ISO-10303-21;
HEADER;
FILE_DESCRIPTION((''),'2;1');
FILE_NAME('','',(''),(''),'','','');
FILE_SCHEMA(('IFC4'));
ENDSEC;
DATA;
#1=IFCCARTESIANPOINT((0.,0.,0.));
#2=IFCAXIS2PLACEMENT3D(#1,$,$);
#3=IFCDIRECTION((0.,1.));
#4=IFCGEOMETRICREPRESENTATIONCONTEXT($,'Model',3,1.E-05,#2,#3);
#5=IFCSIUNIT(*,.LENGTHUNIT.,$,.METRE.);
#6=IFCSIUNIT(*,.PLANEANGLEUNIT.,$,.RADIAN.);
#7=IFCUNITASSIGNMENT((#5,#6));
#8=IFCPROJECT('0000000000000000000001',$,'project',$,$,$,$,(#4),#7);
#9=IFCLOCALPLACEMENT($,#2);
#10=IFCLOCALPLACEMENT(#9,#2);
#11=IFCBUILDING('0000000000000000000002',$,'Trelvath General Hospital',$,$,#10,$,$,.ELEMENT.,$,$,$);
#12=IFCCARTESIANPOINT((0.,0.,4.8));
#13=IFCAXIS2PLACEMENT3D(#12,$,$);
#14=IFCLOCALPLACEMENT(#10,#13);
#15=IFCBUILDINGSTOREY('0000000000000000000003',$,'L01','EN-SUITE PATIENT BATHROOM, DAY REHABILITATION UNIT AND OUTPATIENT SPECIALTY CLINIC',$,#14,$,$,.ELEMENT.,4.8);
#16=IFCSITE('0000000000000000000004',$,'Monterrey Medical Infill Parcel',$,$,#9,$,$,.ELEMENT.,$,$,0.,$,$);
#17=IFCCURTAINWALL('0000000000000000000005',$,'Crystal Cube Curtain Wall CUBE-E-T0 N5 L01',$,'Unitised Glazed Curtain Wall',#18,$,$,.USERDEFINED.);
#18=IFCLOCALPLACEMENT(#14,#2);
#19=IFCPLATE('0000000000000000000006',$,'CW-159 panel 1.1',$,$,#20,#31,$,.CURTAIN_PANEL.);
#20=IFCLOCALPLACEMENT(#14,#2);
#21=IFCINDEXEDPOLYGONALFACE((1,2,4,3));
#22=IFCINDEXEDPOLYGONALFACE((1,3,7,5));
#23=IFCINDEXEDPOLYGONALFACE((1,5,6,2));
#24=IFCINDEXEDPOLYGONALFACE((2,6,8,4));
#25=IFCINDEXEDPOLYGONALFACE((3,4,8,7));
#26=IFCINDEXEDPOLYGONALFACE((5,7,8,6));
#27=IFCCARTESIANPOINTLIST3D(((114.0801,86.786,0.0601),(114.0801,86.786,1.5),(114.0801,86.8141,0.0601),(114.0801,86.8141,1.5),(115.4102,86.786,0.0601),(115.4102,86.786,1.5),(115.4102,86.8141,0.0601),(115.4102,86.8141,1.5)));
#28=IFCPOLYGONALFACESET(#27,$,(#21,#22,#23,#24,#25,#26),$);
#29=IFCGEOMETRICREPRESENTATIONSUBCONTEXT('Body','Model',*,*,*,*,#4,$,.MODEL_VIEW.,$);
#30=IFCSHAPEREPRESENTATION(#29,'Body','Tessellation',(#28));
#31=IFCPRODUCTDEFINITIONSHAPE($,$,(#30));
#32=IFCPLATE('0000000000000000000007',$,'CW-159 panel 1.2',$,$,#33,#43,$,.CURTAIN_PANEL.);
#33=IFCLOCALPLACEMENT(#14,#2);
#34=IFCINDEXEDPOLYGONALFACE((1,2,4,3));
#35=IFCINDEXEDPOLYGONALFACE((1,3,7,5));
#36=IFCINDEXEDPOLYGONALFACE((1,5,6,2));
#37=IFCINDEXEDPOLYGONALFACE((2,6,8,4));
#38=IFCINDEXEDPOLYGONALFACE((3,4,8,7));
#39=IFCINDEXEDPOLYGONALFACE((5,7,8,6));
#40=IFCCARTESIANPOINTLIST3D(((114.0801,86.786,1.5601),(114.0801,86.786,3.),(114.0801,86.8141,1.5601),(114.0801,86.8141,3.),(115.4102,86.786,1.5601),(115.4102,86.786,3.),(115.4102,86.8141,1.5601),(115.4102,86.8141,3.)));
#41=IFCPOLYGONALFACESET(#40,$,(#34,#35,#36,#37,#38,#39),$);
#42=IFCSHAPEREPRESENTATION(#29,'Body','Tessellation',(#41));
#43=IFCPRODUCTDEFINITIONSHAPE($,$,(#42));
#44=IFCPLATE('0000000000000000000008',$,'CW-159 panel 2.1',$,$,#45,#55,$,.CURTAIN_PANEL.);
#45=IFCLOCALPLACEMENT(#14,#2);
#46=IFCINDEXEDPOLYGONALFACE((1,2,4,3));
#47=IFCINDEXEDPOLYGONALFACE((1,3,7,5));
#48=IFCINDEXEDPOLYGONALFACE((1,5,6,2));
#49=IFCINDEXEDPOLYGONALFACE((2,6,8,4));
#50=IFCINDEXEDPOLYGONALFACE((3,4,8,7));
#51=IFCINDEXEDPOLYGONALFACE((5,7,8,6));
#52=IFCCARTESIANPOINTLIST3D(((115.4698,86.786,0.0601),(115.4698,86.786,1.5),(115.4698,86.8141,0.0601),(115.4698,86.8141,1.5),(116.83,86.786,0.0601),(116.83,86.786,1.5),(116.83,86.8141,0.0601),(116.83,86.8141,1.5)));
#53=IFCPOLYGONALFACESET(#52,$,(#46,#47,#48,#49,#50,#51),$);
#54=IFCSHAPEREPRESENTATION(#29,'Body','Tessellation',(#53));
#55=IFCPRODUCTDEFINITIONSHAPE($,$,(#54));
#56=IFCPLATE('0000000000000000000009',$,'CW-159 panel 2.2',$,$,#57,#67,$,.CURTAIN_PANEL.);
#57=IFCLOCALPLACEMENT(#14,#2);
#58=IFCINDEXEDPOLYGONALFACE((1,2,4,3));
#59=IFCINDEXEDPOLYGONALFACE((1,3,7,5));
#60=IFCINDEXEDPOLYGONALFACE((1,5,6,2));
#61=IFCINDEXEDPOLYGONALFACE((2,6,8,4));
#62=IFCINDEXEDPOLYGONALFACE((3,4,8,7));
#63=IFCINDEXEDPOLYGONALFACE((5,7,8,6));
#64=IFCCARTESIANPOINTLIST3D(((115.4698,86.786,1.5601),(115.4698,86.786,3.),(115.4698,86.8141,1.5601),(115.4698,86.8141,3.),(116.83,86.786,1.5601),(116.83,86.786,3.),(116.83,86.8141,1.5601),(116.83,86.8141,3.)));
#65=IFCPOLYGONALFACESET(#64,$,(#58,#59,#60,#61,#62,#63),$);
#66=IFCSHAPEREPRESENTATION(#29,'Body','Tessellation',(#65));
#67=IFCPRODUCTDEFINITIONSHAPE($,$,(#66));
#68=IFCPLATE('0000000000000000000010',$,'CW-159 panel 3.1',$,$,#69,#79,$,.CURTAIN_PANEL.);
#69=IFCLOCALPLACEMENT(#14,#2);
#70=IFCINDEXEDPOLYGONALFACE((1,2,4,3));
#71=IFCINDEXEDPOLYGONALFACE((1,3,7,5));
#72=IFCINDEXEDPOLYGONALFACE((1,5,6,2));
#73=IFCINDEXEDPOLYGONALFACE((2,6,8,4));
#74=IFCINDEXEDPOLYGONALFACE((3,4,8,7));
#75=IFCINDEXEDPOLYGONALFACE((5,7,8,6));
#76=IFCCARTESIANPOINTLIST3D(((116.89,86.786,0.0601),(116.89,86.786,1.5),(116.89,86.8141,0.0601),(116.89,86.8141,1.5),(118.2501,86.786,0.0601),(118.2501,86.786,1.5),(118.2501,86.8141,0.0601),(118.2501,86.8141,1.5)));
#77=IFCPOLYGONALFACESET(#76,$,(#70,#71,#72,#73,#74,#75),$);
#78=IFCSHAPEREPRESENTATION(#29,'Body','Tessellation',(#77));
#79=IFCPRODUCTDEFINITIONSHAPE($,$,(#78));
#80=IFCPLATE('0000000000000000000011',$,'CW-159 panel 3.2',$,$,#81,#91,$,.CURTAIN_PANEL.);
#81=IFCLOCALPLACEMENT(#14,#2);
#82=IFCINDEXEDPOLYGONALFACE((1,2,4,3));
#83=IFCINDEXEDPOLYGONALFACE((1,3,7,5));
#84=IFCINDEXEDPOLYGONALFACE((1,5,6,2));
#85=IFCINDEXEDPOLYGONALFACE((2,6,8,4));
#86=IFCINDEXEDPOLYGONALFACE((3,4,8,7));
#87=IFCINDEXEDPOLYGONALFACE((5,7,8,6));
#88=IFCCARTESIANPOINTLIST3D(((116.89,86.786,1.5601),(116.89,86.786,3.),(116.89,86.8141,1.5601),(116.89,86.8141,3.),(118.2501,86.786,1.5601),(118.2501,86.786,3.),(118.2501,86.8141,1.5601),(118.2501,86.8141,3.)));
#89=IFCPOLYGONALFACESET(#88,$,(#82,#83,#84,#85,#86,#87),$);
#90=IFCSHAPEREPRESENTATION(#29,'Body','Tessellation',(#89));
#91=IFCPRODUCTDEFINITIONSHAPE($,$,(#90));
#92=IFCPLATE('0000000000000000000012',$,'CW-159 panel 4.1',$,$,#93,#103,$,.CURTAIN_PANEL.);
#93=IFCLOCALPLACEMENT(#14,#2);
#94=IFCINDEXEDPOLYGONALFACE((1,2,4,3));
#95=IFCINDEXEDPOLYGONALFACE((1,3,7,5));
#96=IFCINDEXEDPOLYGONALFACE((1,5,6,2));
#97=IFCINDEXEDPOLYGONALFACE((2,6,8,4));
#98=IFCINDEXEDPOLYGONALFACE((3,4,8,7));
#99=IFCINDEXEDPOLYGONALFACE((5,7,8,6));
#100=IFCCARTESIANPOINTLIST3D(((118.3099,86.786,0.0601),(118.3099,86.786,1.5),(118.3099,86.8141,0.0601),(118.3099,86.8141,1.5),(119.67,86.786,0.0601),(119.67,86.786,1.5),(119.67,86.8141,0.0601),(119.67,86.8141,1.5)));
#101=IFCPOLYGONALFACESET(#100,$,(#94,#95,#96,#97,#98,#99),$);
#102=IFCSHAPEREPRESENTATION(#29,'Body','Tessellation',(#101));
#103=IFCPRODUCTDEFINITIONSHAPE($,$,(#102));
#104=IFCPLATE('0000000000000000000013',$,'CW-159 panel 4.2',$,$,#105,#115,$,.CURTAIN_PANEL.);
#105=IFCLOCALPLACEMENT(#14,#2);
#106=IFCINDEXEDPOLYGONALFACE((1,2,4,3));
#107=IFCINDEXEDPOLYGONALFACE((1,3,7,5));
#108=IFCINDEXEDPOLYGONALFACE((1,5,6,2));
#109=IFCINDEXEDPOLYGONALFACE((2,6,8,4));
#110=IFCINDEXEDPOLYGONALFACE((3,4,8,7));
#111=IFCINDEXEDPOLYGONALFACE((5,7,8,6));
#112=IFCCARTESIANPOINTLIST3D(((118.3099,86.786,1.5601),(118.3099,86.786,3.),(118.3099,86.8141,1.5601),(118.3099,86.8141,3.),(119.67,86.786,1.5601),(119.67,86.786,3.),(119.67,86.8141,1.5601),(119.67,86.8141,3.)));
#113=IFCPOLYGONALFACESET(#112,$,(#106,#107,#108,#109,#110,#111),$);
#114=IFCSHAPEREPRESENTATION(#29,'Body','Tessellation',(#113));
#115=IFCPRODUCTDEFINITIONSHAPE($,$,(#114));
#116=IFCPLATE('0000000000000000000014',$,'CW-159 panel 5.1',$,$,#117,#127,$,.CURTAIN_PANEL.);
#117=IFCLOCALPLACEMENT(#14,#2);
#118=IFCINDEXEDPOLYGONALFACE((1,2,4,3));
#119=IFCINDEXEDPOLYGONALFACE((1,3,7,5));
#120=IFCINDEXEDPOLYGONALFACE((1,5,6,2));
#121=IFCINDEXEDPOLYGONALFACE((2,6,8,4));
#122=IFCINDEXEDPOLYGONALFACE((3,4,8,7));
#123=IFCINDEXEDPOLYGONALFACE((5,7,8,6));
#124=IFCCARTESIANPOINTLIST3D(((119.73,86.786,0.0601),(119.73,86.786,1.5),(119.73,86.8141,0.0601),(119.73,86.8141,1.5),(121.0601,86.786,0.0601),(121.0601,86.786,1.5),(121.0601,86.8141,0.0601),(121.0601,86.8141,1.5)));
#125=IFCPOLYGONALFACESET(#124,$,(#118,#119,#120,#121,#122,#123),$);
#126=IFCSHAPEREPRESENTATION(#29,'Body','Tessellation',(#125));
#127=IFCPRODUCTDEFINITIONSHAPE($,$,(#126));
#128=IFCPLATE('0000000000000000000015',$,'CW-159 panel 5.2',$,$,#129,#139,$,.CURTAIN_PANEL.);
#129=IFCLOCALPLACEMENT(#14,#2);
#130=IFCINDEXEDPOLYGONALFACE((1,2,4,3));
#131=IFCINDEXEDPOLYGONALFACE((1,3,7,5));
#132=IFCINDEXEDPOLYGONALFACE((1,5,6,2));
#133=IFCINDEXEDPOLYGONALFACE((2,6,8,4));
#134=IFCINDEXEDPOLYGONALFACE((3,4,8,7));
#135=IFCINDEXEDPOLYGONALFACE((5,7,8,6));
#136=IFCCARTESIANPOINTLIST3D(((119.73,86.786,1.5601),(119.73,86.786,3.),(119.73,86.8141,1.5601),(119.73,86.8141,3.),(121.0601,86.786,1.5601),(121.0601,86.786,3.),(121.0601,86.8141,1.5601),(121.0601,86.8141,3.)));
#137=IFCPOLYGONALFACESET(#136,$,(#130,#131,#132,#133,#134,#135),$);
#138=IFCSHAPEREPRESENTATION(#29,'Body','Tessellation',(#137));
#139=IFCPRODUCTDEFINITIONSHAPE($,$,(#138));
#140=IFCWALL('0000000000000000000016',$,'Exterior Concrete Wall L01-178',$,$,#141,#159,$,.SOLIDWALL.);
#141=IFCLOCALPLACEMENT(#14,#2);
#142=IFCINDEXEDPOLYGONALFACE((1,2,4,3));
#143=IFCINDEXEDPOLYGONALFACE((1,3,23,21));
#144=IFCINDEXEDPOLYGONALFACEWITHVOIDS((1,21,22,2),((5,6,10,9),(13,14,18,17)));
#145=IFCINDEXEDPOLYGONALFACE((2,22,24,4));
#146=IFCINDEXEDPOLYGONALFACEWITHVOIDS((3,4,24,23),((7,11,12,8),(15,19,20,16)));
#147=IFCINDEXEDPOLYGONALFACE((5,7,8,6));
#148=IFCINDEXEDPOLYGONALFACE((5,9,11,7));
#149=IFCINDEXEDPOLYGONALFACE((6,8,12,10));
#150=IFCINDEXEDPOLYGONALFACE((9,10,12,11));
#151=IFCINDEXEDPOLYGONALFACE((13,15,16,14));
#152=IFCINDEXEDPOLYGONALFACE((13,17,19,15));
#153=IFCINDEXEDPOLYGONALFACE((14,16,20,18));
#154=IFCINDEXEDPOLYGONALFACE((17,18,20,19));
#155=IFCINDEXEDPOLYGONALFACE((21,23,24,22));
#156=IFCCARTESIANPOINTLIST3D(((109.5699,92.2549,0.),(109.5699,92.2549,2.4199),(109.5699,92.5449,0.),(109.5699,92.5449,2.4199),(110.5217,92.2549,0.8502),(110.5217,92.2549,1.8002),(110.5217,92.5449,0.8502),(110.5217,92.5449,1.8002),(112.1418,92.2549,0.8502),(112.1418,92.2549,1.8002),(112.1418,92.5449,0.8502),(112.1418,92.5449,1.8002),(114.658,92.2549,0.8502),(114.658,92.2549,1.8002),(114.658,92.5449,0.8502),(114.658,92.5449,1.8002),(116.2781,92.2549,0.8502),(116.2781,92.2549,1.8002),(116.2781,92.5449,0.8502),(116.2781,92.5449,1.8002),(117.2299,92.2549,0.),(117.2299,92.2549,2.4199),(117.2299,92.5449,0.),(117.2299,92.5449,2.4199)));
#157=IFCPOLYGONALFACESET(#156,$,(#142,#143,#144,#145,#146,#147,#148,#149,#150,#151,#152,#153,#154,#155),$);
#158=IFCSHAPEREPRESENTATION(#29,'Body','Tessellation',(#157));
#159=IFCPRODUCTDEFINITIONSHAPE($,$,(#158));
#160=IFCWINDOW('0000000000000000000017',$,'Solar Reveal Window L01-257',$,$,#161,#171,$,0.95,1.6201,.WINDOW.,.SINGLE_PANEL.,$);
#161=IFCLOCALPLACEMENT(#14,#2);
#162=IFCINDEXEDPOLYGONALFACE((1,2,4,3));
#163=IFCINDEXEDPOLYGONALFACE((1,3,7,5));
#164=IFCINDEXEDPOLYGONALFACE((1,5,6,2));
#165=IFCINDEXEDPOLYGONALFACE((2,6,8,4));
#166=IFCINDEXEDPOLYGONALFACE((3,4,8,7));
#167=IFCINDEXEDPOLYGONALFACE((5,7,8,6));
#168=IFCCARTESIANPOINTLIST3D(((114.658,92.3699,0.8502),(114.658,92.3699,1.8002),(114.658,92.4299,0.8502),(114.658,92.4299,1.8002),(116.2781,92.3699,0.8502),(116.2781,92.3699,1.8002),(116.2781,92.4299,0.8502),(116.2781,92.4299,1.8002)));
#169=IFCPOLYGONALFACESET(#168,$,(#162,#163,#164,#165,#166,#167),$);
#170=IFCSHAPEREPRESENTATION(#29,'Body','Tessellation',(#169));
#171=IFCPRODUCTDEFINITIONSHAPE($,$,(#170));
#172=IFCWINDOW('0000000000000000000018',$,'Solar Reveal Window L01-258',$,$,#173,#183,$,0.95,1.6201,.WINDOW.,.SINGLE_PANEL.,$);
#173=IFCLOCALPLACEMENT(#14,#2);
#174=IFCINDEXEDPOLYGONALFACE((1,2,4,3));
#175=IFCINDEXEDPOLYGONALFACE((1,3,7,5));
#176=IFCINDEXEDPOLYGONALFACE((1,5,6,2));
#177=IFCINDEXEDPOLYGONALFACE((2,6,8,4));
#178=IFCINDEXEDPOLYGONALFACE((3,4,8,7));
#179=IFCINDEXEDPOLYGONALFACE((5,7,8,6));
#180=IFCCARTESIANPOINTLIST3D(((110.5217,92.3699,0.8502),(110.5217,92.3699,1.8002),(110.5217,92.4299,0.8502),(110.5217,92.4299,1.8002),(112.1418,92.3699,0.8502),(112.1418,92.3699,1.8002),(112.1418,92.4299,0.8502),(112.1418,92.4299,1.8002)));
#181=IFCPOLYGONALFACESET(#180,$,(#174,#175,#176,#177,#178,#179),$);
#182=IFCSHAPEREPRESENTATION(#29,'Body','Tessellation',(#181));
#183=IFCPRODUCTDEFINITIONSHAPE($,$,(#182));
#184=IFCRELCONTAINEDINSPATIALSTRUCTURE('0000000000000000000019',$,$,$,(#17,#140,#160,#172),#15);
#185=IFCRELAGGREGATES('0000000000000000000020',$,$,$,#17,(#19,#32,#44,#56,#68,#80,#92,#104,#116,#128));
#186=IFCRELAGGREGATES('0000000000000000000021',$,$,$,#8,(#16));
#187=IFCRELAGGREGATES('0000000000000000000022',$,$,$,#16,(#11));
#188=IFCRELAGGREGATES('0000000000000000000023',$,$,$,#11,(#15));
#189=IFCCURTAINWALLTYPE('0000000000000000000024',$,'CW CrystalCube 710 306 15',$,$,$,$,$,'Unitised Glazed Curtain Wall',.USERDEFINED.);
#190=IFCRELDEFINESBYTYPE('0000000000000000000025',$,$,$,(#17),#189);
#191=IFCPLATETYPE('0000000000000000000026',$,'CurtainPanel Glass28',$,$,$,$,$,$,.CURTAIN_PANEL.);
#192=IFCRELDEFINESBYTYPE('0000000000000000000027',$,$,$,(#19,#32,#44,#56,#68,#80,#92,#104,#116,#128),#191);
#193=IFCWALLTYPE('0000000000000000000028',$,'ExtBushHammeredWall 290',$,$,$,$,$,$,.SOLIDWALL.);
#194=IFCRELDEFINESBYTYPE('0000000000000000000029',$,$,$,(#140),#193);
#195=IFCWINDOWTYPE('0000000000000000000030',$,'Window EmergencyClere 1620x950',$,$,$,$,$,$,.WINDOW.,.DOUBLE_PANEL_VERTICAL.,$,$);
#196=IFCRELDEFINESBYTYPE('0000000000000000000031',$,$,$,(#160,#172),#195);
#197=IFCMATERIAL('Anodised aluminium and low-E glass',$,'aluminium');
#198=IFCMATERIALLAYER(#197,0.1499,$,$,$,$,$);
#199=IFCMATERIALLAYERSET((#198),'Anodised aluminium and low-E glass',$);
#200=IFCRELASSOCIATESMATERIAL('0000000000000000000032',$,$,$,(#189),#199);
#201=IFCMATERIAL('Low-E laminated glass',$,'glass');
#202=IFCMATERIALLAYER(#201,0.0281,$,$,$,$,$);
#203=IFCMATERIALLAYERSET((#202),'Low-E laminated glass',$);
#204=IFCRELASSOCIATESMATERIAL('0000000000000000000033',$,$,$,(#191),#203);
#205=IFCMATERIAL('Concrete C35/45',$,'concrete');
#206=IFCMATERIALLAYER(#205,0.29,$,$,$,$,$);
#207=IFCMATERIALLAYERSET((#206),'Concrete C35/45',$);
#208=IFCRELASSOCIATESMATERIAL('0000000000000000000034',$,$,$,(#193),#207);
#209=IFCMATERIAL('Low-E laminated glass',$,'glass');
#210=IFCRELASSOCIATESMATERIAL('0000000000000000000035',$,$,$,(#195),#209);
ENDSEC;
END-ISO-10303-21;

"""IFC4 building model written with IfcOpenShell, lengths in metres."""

from ifc_helpers import new_model, si_unit, direction, frame, frame_2d, origin, origin_2d, place, context, subcontext, project, spatial, rectangle, extrude, material, layer, layer_set, type_object, element, fill, aggregate, save


model = new_model("IFC4")

# Units and contexts
model_context = context("Model", 3, precision=1e-05, world=origin(), true_north=direction((0.0, 1.0)))
body_context = subcontext(model_context, "Body", "Model", "MODEL_VIEW")
ifc_project = project(units=[si_unit("LENGTHUNIT", "METRE"), si_unit("PLANEANGLEUNIT", "RADIAN")], contexts=[model_context])

# Site, building, storey
site_placement = place(None, origin())
site = spatial("IfcSite", under=ifc_project, at=site_placement, Name="Monterrey Medical Infill Parcel", CompositionType="ELEMENT", RefElevation=0.0)
building_placement = place(site_placement, origin())
building = spatial("IfcBuilding", under=site, at=building_placement, Name="Trelvath General Hospital", CompositionType="ELEMENT")
storey_placement = place(building_placement, frame((0.0, 0.0, 4.8)))
storey = spatial("IfcBuildingStorey", under=building, at=storey_placement, Name="L01", Description="EN-SUITE PATIENT BATHROOM, DAY REHABILITATION UNIT AND OUTPATIENT SPECIALTY CLINIC", CompositionType="ELEMENT", Elevation=4.8)

# Curtain wall
ifc_material_1 = material(Name="Anodised aluminium and low-E glass", Category="aluminium")
ifc_layer_1 = layer(ifc_material_1, 0.1499)
ifc_layer_set_1 = layer_set([ifc_layer_1], Name="Anodised aluminium and low-E glass")
curtain_wall_type = type_object("IfcCurtainWallType", Name="CW CrystalCube 710 306 15", ElementType="Unitised Glazed Curtain Wall", PredefinedType="USERDEFINED", material=ifc_layer_set_1)
curtain_wall_placement = place(storey_placement, origin())
curtain_wall = element("IfcCurtainWall", 1, at=curtain_wall_placement, inside=storey, type_object=curtain_wall_type, Name="Crystal Cube Curtain Wall CUBE-E-T0 N5 L01", ObjectType="Unitised Glazed Curtain Wall", PredefinedType="USERDEFINED")

# Plates
ifc_material_2 = material(Name="Low-E laminated glass", Category="glass")
ifc_layer_2 = layer(ifc_material_2, 0.0281)
ifc_layer_set_2 = layer_set([ifc_layer_2], Name="Low-E laminated glass")
plate_type = type_object("IfcPlateType", Name="CurtainPanel Glass28", PredefinedType="CURTAIN_PANEL", material=ifc_layer_set_2)
plate_1_placement = place(storey_placement, frame((114.7451, 86.8, 0.0601), z_axis=(0.0, 0.0, 1.0), x_axis=(1.0, 0.0, 0.0)))
plate_1 = element("IfcPlate", 2, at=plate_1_placement, type_object=plate_type, Name="CW-159 panel 1.1", PredefinedType="CURTAIN_PANEL", context=body_context, shape_type="SweptSolid", body=[
    extrude(rectangle(XDim=1.3301, YDim=0.0281, at=origin_2d()), origin(), (0.0, 0.0, 1.0), 1.4399),
])
plate_2_placement = place(storey_placement, frame((114.7451, 86.8, 1.5601), z_axis=(0.0, 0.0, 1.0), x_axis=(1.0, 0.0, 0.0)))
plate_2 = element("IfcPlate", 3, at=plate_2_placement, type_object=plate_type, Name="CW-159 panel 1.2", PredefinedType="CURTAIN_PANEL", context=body_context, shape_type="SweptSolid", body=[
    extrude(rectangle(XDim=1.3301, YDim=0.0281, at=origin_2d()), origin(), (0.0, 0.0, 1.0), 1.4399),
])
plate_3_placement = place(storey_placement, frame((116.1499, 86.8, 0.0601), z_axis=(0.0, 0.0, 1.0), x_axis=(1.0, 0.0, 0.0)))
plate_3 = element("IfcPlate", 4, at=plate_3_placement, type_object=plate_type, Name="CW-159 panel 2.1", PredefinedType="CURTAIN_PANEL", context=body_context, shape_type="SweptSolid", body=[
    extrude(rectangle(XDim=1.3601, YDim=0.0281, at=origin_2d()), origin(), (0.0, 0.0, 1.0), 1.4399),
])
plate_4_placement = place(storey_placement, frame((116.1499, 86.8, 1.5601), z_axis=(0.0, 0.0, 1.0), x_axis=(1.0, 0.0, 0.0)))
plate_4 = element("IfcPlate", 5, at=plate_4_placement, type_object=plate_type, Name="CW-159 panel 2.2", PredefinedType="CURTAIN_PANEL", context=body_context, shape_type="SweptSolid", body=[
    extrude(rectangle(XDim=1.3601, YDim=0.0281, at=origin_2d()), origin(), (0.0, 0.0, 1.0), 1.4399),
])
plate_5_placement = place(storey_placement, frame((117.5701, 86.8, 0.0601), z_axis=(0.0, 0.0, 1.0), x_axis=(1.0, 0.0, 0.0)))
plate_5 = element("IfcPlate", 6, at=plate_5_placement, type_object=plate_type, Name="CW-159 panel 3.1", PredefinedType="CURTAIN_PANEL", context=body_context, shape_type="SweptSolid", body=[
    extrude(rectangle(XDim=1.3601, YDim=0.0281, at=origin_2d()), origin(), (0.0, 0.0, 1.0), 1.4399),
])
plate_6_placement = place(storey_placement, frame((117.5701, 86.8, 1.5601), z_axis=(0.0, 0.0, 1.0), x_axis=(1.0, 0.0, 0.0)))
plate_6 = element("IfcPlate", 7, at=plate_6_placement, type_object=plate_type, Name="CW-159 panel 3.2", PredefinedType="CURTAIN_PANEL", context=body_context, shape_type="SweptSolid", body=[
    extrude(rectangle(XDim=1.3601, YDim=0.0281, at=origin_2d()), origin(), (0.0, 0.0, 1.0), 1.4399),
])
plate_7_placement = place(storey_placement, frame((118.99, 86.8, 0.0601), z_axis=(0.0, 0.0, 1.0), x_axis=(1.0, 0.0, 0.0)))
plate_7 = element("IfcPlate", 8, at=plate_7_placement, type_object=plate_type, Name="CW-159 panel 4.1", PredefinedType="CURTAIN_PANEL", context=body_context, shape_type="SweptSolid", body=[
    extrude(rectangle(XDim=1.3601, YDim=0.0281, at=origin_2d()), origin(), (0.0, 0.0, 1.0), 1.4399),
])
plate_8_placement = place(storey_placement, frame((118.99, 86.8, 1.5601), z_axis=(0.0, 0.0, 1.0), x_axis=(1.0, 0.0, 0.0)))
plate_8 = element("IfcPlate", 9, at=plate_8_placement, type_object=plate_type, Name="CW-159 panel 4.2", PredefinedType="CURTAIN_PANEL", context=body_context, shape_type="SweptSolid", body=[
    extrude(rectangle(XDim=1.3601, YDim=0.0281, at=origin_2d()), origin(), (0.0, 0.0, 1.0), 1.4399),
])
plate_9_placement = place(storey_placement, frame((120.395, 86.8, 0.0601), z_axis=(0.0, 0.0, 1.0), x_axis=(1.0, 0.0, 0.0)))
plate_9 = element("IfcPlate", 10, at=plate_9_placement, type_object=plate_type, Name="CW-159 panel 5.1", PredefinedType="CURTAIN_PANEL", context=body_context, shape_type="SweptSolid", body=[
    extrude(rectangle(XDim=1.3301, YDim=0.0281, at=origin_2d()), origin(), (0.0, 0.0, 1.0), 1.4399),
])
plate_10_placement = place(storey_placement, frame((120.395, 86.8, 1.5601), z_axis=(0.0, 0.0, 1.0), x_axis=(1.0, 0.0, 0.0)))
plate_10 = element("IfcPlate", 11, at=plate_10_placement, type_object=plate_type, Name="CW-159 panel 5.2", PredefinedType="CURTAIN_PANEL", context=body_context, shape_type="SweptSolid", body=[
    extrude(rectangle(XDim=1.3301, YDim=0.0281, at=origin_2d()), origin(), (0.0, 0.0, 1.0), 1.4399),
])
aggregate(curtain_wall, [plate_1, plate_2, plate_3, plate_4, plate_5, plate_6, plate_7, plate_8, plate_9, plate_10])

# Wall, openings, windows
ifc_material_3 = material(Name="Concrete C35/45", Category="concrete")
ifc_layer_3 = layer(ifc_material_3, 0.29)
ifc_layer_set_3 = layer_set([ifc_layer_3], Name="Concrete C35/45")
wall_type_1 = type_object("IfcWallType", Name="ExtBushHammeredWall 290", PredefinedType="SOLIDWALL", material=ifc_layer_set_3)
wall_1_placement = place(storey_placement, frame((117.23, 92.3999, 0.0), z_axis=(0.0, 0.0, 1.0), x_axis=(-1.0, 0.0, 0.0)))
wall_1 = element("IfcWall", 12, at=wall_1_placement, inside=storey, type_object=wall_type_1, Name="Exterior Concrete Wall L01-178", PredefinedType="SOLIDWALL", context=body_context, shape_type="SweptSolid", body=[
    extrude(rectangle(XDim=7.6599, YDim=0.29, at=frame_2d((3.8301, 0.0))), origin(), (0.0, 0.0, 1.0), 2.4199),
])
opening_1_placement = place(wall_1_placement, frame((0.9519, 0.0, 0.8501)))
opening_1 = element("IfcOpeningElement", 13, at=opening_1_placement, cuts=wall_1, PredefinedType="OPENING", context=body_context, shape_type="SweptSolid", body=[
    extrude(rectangle(XDim=1.6201, YDim=0.95, at=frame_2d((0.8101, 0.4751))), frame((0.0, 0.155, 0.0), z_axis=(0.0, -1.0, 0.0), x_axis=(1.0, 0.0, 0.0)), (0.0, 0.0, 1.0), 0.3101),
])
opening_2_placement = place(wall_1_placement, frame((5.0881, 0.0, 0.8501)))
opening_2 = element("IfcOpeningElement", 14, at=opening_2_placement, cuts=wall_1, PredefinedType="OPENING", context=body_context, shape_type="SweptSolid", body=[
    extrude(rectangle(XDim=1.6201, YDim=0.95, at=frame_2d((0.8101, 0.4751))), frame((0.0, 0.155, 0.0), z_axis=(0.0, -1.0, 0.0), x_axis=(1.0, 0.0, 0.0)), (0.0, 0.0, 1.0), 0.3101),
])
ifc_material_4 = material(Name="Low-E laminated glass", Category="glass")
window_type = type_object("IfcWindowType", Name="Window EmergencyClere 1620x950", PartitioningType="DOUBLE_PANEL_VERTICAL", PredefinedType="WINDOW", material=ifc_material_4)
window_1_placement = place(opening_1_placement, origin())
window_1 = element("IfcWindow", 15, at=window_1_placement, inside=storey, type_object=window_type, Name="Solar Reveal Window L01-257", OverallHeight=0.95, OverallWidth=1.6201, PartitioningType="SINGLE_PANEL", PredefinedType="WINDOW", context=body_context, shape_type="SweptSolid", body=[
    extrude(rectangle(XDim=1.6201, YDim=0.95, at=frame_2d((0.8101, 0.4751))), frame((0.0, 0.03, 0.0), z_axis=(0.0, -1.0, 0.0), x_axis=(1.0, 0.0, 0.0)), (0.0, 0.0, 1.0), 0.0601),
])
fill(opening_1, window_1)
window_2_placement = place(opening_2_placement, origin())
window_2 = element("IfcWindow", 16, at=window_2_placement, inside=storey, type_object=window_type, Name="Solar Reveal Window L01-258", OverallHeight=0.95, OverallWidth=1.6201, PartitioningType="SINGLE_PANEL", PredefinedType="WINDOW", context=body_context, shape_type="SweptSolid", body=[
    extrude(rectangle(XDim=1.6201, YDim=0.95, at=frame_2d((0.8101, 0.4751))), frame((0.0, 0.03, 0.0), z_axis=(0.0, -1.0, 0.0), x_axis=(1.0, 0.0, 0.0)), (0.0, 0.0, 1.0), 0.0601),
])
fill(opening_2, window_2)

save(model, "model.ifc")
